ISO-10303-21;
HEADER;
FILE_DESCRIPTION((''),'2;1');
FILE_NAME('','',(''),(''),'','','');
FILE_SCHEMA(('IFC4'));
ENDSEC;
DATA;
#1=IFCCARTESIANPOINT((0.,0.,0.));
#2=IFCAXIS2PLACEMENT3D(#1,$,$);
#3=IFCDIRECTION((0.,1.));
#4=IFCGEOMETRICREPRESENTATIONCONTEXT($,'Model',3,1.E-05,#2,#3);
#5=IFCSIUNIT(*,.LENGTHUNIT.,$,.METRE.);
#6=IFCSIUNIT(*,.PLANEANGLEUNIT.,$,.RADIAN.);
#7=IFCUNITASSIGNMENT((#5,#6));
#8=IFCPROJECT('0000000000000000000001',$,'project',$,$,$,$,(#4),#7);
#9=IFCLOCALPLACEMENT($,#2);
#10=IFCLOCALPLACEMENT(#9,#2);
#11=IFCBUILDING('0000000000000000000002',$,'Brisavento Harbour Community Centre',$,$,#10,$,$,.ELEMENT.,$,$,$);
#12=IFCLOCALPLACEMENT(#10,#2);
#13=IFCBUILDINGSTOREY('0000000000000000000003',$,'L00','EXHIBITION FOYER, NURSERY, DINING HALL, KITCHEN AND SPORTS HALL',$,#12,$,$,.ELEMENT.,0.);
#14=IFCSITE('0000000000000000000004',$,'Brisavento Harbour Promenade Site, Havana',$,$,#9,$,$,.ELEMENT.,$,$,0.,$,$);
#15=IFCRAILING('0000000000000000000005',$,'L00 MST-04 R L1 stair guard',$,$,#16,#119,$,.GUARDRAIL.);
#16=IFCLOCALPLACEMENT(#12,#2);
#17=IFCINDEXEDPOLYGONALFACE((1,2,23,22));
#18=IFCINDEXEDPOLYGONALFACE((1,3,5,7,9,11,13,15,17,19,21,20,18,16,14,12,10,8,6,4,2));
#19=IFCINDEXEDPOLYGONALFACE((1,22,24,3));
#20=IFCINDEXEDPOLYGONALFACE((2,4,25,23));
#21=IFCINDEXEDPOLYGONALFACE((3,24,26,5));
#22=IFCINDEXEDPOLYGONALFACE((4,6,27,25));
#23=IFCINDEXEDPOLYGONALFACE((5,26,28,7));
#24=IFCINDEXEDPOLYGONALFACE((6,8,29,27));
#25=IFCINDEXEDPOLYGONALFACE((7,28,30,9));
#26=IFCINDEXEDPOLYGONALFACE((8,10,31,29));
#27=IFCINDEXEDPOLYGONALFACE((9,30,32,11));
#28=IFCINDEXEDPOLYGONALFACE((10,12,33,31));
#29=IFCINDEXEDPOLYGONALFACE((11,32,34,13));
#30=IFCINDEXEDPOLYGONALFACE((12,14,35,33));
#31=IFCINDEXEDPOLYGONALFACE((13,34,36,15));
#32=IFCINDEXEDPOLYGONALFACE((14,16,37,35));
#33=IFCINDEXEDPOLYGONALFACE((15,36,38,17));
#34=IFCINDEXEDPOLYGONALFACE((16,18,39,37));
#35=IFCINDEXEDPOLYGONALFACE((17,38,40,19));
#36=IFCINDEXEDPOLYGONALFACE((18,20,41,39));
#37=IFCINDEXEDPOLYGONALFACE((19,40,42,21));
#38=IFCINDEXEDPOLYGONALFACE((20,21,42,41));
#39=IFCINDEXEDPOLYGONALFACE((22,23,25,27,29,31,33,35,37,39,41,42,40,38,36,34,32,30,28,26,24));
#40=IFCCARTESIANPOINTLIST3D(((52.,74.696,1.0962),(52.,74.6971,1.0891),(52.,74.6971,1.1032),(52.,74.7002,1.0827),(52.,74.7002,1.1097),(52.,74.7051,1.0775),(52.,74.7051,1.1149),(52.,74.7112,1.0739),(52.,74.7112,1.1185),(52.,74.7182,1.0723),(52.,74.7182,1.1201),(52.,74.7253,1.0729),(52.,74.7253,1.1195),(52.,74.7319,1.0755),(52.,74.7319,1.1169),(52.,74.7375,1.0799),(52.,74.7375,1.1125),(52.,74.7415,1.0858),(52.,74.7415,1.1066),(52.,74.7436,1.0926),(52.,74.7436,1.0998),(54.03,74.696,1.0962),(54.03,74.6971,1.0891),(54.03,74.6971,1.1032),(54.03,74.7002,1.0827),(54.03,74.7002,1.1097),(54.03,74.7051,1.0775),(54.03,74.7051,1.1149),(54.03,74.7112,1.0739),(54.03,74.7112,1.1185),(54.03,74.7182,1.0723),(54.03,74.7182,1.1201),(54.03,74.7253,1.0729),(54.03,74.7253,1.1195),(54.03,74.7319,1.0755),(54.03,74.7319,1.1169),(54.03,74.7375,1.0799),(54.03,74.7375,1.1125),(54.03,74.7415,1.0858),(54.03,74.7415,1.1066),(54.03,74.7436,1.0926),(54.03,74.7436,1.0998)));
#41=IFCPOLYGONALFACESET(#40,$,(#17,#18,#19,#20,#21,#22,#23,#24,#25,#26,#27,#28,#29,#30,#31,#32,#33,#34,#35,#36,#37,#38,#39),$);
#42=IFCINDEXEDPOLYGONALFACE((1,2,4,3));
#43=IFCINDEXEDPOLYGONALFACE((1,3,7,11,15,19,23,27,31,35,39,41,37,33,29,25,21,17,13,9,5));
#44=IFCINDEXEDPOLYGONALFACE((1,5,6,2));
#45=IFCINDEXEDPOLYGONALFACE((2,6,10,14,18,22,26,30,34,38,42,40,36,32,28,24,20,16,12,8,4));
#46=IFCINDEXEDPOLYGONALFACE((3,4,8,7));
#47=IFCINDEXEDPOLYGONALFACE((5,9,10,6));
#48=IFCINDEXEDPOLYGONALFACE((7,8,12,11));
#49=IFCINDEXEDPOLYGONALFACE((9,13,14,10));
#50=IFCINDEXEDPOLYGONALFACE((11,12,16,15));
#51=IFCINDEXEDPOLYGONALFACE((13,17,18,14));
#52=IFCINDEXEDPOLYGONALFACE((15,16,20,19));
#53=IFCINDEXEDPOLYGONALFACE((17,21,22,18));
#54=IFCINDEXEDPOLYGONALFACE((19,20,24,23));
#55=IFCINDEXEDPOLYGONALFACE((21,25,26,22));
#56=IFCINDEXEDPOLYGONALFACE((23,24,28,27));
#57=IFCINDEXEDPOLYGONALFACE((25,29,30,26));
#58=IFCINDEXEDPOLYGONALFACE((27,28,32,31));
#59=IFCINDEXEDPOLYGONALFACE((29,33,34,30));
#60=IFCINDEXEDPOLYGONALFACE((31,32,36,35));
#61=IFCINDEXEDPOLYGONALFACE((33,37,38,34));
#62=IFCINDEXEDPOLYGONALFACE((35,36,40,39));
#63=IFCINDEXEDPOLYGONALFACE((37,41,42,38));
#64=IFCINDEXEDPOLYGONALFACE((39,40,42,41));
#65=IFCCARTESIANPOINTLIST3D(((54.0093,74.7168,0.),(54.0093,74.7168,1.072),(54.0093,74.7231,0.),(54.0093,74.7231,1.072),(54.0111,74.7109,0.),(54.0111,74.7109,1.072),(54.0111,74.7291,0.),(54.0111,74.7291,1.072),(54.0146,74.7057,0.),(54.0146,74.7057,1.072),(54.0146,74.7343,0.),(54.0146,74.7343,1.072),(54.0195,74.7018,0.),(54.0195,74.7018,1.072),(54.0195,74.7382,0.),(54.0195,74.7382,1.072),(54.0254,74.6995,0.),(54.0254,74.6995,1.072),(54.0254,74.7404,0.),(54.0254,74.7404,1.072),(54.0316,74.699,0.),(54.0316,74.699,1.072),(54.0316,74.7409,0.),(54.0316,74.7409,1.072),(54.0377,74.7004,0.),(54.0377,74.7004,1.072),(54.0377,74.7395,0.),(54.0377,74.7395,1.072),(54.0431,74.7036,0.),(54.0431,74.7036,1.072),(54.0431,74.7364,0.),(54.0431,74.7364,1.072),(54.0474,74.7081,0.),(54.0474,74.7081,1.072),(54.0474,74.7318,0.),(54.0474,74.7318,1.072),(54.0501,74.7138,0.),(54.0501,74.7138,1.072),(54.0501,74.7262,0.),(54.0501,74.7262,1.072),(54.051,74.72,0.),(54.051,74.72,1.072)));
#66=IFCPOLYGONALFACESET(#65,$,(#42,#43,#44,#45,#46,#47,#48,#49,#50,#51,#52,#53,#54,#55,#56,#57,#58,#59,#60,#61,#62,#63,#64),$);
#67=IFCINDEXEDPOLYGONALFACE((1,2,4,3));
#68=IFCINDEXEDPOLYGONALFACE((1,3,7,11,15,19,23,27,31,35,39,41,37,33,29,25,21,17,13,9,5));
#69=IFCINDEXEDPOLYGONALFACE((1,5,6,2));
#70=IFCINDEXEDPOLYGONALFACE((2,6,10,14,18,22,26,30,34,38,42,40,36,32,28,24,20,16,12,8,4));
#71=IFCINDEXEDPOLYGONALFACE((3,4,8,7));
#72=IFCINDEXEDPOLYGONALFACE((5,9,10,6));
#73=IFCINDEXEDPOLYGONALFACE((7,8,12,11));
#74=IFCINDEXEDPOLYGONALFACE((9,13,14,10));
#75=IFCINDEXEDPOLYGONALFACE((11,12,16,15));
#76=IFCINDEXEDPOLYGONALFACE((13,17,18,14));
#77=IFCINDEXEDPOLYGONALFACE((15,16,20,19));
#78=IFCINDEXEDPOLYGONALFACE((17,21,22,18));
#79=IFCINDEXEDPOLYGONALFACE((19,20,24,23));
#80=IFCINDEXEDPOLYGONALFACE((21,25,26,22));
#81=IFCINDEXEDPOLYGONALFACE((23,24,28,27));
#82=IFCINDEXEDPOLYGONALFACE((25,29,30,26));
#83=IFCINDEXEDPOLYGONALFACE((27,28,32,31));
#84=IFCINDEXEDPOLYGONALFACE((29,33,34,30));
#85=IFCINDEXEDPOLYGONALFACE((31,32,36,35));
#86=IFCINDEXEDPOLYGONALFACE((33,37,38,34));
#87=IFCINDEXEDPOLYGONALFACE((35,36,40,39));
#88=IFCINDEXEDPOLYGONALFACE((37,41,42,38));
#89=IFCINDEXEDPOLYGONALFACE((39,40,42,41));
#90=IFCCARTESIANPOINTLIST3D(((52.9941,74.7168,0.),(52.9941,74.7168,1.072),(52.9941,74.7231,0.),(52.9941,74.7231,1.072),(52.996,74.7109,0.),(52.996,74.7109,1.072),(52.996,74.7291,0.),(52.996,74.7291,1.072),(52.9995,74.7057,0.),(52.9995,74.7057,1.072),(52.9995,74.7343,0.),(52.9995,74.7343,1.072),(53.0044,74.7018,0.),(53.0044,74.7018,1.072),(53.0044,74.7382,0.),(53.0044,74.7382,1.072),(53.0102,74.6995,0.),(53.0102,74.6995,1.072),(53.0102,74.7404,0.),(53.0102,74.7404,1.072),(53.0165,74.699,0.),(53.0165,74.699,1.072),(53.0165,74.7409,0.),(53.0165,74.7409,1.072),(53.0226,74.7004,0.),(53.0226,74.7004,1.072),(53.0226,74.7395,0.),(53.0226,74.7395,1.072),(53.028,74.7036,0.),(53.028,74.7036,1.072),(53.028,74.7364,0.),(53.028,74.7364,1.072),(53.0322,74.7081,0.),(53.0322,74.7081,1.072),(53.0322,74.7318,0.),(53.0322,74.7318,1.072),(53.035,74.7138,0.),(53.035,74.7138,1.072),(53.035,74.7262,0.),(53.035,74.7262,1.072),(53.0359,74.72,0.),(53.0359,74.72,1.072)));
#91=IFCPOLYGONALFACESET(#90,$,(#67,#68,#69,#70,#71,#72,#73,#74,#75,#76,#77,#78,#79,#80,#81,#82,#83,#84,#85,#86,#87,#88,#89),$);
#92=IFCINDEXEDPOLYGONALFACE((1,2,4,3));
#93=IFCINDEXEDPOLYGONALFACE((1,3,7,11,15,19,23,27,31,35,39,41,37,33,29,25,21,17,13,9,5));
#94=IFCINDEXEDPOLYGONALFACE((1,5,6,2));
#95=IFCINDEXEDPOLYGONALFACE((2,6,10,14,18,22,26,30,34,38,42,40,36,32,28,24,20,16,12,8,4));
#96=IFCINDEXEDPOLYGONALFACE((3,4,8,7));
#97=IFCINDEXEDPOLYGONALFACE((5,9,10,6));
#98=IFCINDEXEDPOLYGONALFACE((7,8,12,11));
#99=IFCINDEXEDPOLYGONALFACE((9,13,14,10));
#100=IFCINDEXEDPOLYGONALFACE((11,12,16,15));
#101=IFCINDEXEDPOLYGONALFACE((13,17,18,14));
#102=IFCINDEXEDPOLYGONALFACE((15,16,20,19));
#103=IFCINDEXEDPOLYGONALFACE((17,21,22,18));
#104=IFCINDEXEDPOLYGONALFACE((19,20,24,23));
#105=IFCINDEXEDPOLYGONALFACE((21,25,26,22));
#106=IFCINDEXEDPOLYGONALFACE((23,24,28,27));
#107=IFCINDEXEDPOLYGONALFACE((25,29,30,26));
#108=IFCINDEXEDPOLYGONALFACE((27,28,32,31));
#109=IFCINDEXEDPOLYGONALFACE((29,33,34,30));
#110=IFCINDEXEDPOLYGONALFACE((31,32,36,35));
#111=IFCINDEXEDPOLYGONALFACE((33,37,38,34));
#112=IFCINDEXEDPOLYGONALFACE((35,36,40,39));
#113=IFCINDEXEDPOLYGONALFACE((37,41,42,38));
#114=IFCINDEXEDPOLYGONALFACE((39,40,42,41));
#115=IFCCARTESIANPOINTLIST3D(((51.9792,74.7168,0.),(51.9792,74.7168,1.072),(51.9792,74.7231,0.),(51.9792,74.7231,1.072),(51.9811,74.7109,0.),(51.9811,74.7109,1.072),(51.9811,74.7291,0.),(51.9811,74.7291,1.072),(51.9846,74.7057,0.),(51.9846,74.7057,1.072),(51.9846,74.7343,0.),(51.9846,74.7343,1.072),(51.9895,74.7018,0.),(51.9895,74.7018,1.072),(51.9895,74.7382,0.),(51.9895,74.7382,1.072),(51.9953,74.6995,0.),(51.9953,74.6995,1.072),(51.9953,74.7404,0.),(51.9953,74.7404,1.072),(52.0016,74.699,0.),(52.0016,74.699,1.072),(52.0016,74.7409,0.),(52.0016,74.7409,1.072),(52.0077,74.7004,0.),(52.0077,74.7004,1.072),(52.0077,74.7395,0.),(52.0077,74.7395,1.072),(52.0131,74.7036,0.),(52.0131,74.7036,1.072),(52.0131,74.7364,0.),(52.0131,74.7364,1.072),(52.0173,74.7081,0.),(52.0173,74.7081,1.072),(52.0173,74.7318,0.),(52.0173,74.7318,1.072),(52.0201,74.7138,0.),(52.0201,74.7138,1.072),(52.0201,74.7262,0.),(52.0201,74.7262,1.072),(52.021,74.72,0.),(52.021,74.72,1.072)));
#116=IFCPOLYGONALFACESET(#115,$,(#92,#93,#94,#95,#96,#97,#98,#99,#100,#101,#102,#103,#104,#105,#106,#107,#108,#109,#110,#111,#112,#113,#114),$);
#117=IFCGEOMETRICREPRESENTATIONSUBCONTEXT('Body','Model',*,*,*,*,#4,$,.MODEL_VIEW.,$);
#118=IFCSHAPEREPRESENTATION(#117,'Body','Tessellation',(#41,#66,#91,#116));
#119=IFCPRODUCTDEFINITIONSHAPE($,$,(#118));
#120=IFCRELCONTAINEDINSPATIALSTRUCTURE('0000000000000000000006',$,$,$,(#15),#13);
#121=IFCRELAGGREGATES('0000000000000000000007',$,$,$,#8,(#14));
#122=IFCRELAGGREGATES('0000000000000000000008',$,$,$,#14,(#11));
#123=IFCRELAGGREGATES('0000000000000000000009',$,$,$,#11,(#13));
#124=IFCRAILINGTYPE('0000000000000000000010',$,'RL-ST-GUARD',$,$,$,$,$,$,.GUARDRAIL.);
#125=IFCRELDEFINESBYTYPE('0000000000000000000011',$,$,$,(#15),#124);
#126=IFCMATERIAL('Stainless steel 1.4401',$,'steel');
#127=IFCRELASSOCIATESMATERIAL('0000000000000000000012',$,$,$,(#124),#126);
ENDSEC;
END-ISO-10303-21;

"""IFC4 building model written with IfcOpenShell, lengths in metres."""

from ifc_helpers import new_model, si_unit, direction, frame, origin, origin_2d, place, context, subcontext, project, spatial, circle, extrude, material, type_object, element, save


model = new_model("IFC4")

# Units and contexts
model_context = context("Model", 3, precision=1e-05, world=origin(), true_north=direction((0.0, 1.0)))
body_context = subcontext(model_context, "Body", "Model", "MODEL_VIEW")
ifc_project = project(units=[si_unit("LENGTHUNIT", "METRE"), si_unit("PLANEANGLEUNIT", "RADIAN")], contexts=[model_context])

# Site, building, storey
site_placement = place(None, origin())
site = spatial("IfcSite", under=ifc_project, at=site_placement, Name="Brisavento Harbour Promenade Site, Havana", CompositionType="ELEMENT", RefElevation=0.0)
building_placement = place(site_placement, origin())
building = spatial("IfcBuilding", under=site, at=building_placement, Name="Brisavento Harbour Community Centre", CompositionType="ELEMENT")
storey_placement = place(building_placement, origin())
storey = spatial("IfcBuildingStorey", under=building, at=storey_placement, Name="L00", Description="EXHIBITION FOYER, NURSERY, DINING HALL, KITCHEN AND SPORTS HALL", CompositionType="ELEMENT", Elevation=0.0)

# Railing
ifc_material_1 = material(Name="Stainless steel 1.4401", Category="steel")
railing_type = type_object("IfcRailingType", Name="RL-ST-GUARD", PredefinedType="GUARDRAIL", material=ifc_material_1)
railing_1_placement = place(storey_placement, frame((54.03, 74.72, 0.0)))
element("IfcRailing", 1, at=railing_1_placement, inside=storey, type_object=railing_type, Name="L00 MST-04 R L1 stair guard", PredefinedType="GUARDRAIL", context=body_context, shape_type="SweptSolid", body=[
    extrude(circle(Radius=0.0239, at=origin_2d()), frame((0.0, 0.0, 1.0962), z_axis=(-1.0, 0.0, 0.0), x_axis=(0.0, -1.0, 0.0)), (0.0, 0.0, 1.0), 2.03),
    extrude(circle(Radius=0.021, at=origin_2d()), origin(), (0.0, 0.0, 1.0), 1.072),
    extrude(circle(Radius=0.021, at=origin_2d()), frame((-1.0151, 0.0, 0.0)), (0.0, 0.0, 1.0), 1.072),
    extrude(circle(Radius=0.021, at=origin_2d()), frame((-2.03, 0.0, 0.0)), (0.0, 0.0, 1.0), 1.072),
])

save(model, "model.ifc")
